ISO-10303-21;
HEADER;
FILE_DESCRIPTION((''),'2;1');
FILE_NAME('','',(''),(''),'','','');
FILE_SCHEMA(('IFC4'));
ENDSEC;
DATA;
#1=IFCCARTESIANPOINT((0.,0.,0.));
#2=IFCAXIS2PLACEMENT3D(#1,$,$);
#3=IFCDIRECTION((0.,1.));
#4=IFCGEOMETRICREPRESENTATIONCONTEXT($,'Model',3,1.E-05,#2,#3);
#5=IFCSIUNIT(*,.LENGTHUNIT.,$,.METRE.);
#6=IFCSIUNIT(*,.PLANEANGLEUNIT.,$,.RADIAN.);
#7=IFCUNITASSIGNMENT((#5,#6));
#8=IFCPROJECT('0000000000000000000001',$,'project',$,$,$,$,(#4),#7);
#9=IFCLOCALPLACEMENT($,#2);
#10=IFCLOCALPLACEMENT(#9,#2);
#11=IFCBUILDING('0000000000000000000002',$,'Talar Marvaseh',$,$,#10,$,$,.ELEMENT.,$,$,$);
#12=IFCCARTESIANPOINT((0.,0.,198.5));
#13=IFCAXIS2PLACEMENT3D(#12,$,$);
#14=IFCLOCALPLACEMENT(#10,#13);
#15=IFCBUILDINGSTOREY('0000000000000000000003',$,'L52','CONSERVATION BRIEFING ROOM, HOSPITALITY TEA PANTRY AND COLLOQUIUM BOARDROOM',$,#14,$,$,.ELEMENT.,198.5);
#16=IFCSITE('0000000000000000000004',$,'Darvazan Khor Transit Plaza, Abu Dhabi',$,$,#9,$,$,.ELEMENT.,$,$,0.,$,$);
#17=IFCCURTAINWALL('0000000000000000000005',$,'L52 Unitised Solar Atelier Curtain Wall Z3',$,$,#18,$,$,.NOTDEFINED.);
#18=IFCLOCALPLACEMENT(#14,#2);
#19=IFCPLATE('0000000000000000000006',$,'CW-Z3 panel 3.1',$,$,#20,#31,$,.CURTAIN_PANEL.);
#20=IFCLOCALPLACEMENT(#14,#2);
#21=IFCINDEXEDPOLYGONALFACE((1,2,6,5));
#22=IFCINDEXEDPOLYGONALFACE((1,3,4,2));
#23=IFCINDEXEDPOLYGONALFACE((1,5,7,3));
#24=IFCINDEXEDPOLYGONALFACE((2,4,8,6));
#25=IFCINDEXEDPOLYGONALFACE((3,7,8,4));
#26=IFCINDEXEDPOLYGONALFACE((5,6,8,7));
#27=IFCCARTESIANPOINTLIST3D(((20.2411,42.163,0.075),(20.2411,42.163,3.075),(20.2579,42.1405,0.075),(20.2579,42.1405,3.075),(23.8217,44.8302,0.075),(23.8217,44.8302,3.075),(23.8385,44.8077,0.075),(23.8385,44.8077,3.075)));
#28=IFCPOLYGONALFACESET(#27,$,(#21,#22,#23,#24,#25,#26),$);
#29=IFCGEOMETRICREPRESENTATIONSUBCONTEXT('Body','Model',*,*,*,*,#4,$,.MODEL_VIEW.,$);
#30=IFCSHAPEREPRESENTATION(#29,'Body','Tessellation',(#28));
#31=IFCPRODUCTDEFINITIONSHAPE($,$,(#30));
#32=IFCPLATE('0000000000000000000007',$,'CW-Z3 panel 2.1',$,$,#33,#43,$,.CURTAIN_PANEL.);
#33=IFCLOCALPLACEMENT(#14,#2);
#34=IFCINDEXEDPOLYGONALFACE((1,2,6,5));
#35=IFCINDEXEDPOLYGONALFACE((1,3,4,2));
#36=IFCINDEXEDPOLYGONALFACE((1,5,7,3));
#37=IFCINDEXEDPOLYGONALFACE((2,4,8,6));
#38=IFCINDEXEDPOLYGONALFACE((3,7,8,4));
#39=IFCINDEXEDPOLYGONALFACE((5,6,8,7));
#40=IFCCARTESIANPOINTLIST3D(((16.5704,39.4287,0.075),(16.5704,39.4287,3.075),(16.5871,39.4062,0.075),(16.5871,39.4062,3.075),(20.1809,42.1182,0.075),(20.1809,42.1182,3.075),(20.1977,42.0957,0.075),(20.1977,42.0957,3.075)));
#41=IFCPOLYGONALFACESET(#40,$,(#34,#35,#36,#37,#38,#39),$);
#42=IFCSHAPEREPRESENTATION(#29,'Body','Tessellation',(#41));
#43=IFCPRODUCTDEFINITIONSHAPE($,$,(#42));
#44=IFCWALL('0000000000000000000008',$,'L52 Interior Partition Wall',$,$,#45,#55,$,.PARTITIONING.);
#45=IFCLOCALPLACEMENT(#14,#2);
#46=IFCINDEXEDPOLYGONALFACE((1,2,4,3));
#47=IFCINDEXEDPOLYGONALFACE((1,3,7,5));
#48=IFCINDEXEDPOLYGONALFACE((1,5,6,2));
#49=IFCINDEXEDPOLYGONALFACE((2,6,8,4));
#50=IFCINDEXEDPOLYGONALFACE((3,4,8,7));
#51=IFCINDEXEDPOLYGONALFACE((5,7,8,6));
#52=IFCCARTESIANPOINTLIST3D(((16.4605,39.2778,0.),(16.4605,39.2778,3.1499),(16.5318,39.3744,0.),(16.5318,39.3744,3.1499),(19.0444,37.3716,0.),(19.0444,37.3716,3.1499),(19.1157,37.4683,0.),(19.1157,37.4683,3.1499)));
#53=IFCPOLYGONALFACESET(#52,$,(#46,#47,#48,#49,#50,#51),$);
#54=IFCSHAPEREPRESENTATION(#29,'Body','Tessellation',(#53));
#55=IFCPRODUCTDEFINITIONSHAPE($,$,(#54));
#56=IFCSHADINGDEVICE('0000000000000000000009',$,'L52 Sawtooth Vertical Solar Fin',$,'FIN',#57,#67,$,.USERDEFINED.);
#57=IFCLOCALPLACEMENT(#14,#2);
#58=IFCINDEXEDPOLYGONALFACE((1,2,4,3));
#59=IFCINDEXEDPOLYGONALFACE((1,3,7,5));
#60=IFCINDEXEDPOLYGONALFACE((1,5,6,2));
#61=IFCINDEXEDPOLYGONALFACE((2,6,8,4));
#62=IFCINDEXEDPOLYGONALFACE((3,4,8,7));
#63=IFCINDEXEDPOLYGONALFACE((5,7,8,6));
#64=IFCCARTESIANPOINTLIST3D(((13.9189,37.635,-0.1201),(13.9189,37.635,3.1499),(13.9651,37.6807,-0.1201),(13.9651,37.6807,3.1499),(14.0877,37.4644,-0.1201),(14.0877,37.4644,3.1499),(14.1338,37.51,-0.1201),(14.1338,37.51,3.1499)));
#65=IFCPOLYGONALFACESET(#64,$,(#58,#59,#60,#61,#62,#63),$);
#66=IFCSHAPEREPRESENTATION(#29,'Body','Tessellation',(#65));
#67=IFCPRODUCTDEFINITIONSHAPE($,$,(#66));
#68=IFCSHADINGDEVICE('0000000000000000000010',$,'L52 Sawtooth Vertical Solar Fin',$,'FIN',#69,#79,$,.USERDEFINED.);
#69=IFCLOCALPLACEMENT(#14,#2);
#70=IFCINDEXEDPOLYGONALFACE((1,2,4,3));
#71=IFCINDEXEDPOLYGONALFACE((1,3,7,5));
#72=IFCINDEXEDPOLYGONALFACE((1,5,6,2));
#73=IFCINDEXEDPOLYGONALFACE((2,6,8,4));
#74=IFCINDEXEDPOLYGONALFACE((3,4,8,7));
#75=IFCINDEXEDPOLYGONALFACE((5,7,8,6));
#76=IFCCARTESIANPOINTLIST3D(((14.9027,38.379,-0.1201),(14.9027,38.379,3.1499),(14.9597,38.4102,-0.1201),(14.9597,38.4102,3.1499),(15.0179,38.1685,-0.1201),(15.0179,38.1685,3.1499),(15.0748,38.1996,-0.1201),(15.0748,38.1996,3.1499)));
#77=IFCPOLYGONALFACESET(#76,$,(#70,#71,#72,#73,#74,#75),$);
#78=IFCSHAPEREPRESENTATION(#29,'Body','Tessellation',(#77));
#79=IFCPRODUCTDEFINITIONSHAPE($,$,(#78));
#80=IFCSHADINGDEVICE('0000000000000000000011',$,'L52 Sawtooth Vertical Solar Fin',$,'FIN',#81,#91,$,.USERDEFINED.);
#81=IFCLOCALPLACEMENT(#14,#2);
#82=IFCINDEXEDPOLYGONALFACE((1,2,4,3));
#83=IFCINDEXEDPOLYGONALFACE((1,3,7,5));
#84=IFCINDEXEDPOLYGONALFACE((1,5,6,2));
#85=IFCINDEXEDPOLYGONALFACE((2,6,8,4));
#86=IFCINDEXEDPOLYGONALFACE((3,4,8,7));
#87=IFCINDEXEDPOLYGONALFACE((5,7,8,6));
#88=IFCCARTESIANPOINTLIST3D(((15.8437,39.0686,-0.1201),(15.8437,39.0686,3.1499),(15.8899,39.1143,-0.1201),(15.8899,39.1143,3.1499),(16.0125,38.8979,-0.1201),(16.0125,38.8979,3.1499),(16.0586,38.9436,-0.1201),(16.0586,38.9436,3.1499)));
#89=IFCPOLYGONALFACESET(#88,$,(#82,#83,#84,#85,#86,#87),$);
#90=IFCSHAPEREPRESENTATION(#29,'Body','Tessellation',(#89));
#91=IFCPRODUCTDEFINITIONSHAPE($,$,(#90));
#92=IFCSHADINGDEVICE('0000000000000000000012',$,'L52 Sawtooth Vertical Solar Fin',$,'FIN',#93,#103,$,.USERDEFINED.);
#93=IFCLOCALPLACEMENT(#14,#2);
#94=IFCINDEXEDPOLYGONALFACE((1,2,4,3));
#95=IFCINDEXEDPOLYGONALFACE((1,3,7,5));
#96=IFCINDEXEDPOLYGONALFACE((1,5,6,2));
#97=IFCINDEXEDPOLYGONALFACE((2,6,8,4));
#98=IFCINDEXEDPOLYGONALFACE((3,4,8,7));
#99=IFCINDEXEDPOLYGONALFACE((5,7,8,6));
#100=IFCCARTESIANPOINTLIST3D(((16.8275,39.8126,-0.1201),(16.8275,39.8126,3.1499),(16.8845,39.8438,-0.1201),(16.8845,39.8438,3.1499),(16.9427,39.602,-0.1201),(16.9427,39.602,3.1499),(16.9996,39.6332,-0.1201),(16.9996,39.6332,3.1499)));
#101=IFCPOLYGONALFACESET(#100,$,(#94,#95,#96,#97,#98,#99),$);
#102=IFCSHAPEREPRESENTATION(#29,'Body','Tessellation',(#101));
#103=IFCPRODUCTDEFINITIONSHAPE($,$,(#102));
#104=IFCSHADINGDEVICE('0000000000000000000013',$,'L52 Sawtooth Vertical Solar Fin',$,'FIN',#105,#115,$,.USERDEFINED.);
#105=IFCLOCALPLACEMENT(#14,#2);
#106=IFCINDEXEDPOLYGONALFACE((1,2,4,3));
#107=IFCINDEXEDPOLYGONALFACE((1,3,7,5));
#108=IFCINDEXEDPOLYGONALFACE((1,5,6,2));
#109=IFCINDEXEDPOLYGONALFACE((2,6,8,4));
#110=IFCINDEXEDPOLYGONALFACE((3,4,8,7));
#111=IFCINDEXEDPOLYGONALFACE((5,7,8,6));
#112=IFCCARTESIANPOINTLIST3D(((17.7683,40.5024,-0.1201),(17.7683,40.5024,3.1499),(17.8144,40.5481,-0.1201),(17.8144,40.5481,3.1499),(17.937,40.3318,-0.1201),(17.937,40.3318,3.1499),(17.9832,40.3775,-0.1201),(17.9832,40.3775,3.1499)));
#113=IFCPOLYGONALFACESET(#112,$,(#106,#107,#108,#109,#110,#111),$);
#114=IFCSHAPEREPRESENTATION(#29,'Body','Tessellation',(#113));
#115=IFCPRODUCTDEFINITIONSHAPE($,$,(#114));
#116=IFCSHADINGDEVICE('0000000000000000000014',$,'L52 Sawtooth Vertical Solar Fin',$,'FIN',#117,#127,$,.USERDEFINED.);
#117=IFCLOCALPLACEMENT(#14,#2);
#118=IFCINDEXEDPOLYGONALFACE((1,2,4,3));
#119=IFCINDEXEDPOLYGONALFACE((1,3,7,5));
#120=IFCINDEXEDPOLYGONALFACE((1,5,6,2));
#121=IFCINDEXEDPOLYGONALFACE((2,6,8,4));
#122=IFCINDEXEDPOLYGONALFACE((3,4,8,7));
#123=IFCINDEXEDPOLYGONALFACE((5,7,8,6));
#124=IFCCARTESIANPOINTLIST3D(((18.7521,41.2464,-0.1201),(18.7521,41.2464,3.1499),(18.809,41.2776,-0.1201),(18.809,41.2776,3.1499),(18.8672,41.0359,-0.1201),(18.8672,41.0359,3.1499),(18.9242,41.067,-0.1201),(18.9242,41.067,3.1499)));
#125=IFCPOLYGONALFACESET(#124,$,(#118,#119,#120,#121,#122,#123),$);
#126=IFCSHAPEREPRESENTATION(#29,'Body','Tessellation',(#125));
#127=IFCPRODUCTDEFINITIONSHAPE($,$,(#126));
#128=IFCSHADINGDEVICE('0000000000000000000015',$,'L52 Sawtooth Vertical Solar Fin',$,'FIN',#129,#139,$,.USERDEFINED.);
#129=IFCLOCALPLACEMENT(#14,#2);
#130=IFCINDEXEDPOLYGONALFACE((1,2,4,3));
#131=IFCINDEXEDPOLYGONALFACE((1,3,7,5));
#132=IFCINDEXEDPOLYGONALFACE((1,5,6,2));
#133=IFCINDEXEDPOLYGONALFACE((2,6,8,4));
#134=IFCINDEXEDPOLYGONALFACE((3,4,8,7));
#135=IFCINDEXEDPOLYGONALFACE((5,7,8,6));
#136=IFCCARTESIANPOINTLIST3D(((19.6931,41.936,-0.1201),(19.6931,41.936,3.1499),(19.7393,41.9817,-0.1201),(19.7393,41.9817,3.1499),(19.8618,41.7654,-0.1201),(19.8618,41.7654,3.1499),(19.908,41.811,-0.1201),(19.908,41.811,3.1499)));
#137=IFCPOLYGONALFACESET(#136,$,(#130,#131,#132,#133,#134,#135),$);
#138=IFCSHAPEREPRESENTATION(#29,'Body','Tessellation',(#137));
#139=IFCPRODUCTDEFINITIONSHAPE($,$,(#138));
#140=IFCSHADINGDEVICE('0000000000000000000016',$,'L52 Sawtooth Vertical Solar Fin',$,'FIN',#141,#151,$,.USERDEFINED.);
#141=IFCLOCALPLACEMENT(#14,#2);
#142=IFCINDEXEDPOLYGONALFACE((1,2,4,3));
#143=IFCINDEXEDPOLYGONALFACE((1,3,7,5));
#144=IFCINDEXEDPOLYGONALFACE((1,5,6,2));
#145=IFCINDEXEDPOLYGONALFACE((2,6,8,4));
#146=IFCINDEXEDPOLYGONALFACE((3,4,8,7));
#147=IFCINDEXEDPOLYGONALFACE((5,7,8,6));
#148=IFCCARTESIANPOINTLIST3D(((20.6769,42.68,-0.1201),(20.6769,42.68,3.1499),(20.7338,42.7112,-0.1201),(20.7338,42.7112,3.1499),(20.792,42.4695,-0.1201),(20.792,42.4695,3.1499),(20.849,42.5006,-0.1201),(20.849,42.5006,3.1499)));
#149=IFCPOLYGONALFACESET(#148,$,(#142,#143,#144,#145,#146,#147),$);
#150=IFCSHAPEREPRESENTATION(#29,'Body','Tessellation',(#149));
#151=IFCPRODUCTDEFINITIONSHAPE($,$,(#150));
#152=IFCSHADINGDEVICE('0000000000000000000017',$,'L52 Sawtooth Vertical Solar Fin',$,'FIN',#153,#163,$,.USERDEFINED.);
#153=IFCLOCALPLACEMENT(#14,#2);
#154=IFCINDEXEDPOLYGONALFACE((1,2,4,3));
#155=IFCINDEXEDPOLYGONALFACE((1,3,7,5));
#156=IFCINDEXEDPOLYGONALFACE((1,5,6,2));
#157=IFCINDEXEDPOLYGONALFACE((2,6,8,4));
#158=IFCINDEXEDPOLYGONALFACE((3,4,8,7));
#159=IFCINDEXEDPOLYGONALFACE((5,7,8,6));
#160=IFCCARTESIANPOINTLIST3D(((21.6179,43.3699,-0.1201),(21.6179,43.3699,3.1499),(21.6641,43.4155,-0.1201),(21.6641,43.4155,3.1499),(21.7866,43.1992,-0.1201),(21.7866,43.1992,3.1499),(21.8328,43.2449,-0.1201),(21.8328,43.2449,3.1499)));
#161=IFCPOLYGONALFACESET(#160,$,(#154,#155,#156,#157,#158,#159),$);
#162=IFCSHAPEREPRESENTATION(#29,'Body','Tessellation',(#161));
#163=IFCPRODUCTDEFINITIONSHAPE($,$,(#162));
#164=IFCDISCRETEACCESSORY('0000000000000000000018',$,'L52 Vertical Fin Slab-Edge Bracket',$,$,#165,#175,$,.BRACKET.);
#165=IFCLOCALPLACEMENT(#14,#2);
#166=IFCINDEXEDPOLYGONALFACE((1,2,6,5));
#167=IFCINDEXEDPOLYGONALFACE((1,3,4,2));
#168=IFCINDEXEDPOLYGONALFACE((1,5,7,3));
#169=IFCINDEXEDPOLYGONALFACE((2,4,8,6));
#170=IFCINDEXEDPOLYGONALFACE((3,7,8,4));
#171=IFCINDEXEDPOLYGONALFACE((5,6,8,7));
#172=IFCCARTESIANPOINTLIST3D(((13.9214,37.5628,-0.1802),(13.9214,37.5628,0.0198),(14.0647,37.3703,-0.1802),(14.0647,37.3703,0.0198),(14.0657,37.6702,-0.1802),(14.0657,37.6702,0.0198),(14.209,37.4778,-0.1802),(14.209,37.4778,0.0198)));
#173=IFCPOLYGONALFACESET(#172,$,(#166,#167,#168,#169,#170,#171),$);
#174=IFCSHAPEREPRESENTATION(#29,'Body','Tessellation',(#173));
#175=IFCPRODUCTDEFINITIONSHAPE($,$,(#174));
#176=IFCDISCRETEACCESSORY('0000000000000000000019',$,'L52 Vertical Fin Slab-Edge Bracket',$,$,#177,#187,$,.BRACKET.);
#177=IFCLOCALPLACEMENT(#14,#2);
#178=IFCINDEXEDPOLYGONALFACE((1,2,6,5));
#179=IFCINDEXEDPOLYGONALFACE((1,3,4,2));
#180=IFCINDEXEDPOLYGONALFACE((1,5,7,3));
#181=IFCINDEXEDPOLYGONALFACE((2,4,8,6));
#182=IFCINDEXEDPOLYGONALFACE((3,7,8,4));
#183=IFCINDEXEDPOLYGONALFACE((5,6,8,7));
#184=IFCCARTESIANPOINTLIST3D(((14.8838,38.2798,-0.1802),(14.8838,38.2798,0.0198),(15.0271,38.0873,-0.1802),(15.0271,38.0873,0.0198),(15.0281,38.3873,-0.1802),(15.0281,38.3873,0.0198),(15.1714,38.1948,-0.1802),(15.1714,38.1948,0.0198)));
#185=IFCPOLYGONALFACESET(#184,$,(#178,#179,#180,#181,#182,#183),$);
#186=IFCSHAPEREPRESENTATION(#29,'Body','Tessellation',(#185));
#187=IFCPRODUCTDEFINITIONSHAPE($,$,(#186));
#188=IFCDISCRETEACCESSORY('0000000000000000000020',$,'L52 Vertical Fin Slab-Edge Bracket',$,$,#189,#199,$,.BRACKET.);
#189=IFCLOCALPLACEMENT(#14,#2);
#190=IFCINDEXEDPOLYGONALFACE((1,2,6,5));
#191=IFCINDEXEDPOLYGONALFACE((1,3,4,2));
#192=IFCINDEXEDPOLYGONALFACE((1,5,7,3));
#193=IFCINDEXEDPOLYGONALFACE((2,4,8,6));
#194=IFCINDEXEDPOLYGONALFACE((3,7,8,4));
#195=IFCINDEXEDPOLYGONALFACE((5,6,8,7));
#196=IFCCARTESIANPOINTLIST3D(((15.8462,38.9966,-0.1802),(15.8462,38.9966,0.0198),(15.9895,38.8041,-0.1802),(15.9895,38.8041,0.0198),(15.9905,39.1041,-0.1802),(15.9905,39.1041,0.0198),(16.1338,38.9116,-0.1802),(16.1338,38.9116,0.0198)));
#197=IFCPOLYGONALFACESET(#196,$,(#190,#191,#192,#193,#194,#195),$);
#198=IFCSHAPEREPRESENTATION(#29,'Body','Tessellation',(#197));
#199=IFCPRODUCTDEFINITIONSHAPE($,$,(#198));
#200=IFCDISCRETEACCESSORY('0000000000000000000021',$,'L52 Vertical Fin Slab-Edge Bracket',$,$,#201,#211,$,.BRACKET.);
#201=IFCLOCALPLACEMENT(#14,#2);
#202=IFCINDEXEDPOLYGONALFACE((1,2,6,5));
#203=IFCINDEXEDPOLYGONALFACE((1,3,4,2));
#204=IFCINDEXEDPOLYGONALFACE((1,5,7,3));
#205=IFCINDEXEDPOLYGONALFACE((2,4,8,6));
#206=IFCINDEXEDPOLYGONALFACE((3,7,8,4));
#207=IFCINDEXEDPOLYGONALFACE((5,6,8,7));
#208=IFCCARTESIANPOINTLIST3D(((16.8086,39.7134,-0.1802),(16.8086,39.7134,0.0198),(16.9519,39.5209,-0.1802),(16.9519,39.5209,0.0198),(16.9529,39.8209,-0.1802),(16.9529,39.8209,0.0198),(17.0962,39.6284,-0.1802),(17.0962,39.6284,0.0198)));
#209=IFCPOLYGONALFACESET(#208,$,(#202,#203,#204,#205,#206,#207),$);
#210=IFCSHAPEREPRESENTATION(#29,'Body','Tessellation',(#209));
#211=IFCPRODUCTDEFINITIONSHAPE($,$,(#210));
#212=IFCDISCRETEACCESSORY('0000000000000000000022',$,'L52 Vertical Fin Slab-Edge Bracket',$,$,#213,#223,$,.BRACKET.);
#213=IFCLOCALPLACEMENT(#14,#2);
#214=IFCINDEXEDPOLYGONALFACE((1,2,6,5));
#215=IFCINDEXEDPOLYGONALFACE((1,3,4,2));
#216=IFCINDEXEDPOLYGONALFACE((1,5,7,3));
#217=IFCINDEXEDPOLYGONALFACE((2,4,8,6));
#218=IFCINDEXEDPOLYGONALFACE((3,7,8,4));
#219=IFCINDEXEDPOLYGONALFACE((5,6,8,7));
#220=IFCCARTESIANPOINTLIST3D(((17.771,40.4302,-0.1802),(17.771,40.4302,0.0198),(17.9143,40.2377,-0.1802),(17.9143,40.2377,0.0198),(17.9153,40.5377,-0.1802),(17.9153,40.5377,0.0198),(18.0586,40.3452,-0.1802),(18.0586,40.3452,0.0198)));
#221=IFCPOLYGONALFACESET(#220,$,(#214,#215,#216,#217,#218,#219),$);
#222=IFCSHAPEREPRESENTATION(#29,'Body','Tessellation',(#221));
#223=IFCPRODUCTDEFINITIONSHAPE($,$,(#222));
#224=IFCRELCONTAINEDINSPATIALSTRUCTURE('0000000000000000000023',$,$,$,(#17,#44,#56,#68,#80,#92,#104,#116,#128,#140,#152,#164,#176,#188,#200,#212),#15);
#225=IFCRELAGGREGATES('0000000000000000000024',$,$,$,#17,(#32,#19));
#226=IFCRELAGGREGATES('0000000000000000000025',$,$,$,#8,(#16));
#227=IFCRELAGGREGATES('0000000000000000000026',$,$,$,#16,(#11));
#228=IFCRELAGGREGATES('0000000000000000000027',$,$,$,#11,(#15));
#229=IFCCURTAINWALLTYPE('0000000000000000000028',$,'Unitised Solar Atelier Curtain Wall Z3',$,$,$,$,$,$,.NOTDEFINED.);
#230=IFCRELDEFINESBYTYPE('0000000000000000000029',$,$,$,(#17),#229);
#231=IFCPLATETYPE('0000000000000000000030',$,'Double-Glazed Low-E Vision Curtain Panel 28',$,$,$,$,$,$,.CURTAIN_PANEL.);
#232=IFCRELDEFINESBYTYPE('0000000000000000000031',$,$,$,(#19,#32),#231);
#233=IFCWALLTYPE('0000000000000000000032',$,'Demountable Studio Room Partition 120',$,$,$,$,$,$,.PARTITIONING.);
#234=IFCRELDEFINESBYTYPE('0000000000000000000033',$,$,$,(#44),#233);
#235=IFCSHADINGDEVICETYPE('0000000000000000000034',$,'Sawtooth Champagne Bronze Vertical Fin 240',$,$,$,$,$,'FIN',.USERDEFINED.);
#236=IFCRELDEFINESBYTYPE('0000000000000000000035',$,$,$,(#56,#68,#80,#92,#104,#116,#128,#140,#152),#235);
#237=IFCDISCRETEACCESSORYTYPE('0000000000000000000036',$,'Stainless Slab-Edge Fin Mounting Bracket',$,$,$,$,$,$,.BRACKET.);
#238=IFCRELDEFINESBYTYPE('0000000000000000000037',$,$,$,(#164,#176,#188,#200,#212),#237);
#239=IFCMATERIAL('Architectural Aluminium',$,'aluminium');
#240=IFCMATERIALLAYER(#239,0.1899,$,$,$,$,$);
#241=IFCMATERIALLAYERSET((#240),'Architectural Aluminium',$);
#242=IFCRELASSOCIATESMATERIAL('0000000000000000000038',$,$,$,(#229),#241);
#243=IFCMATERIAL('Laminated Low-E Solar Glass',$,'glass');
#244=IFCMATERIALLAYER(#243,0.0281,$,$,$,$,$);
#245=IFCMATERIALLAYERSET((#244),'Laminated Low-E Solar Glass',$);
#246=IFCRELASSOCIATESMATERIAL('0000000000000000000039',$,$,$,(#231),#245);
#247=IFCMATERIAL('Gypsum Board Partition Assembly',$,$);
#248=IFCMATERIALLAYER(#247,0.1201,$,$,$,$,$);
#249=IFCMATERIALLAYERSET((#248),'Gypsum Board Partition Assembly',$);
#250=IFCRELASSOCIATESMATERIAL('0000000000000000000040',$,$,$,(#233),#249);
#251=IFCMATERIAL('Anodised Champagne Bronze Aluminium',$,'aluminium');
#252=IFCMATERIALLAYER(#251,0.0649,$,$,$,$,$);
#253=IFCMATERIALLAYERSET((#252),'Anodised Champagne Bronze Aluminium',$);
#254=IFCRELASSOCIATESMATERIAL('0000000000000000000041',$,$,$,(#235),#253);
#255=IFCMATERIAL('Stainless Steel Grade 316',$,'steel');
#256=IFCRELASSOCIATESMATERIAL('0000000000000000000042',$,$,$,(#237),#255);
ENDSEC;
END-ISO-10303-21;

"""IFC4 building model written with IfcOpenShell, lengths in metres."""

from ifc_helpers import new_model, si_unit, direction, frame, frame_2d, origin, origin_2d, place, context, subcontext, project, spatial, rectangle, extrude, source, transform, mapped, material, layer, layer_set, type_object, type_shapes, element, aggregate, save


model = new_model("IFC4")

# Units and contexts
model_context = context("Model", 3, precision=1e-05, world=origin(), true_north=direction((0.0, 1.0)))
body_context = subcontext(model_context, "Body", "Model", "MODEL_VIEW")
ifc_project = project(units=[si_unit("LENGTHUNIT", "METRE"), si_unit("PLANEANGLEUNIT", "RADIAN")], contexts=[model_context])

# Site, building, storey
site_placement = place(None, origin())
site = spatial("IfcSite", under=ifc_project, at=site_placement, Name="Darvazan Khor Transit Plaza, Abu Dhabi", CompositionType="ELEMENT", RefElevation=0.0)
building_placement = place(site_placement, origin())
building = spatial("IfcBuilding", under=site, at=building_placement, Name="Talar Marvaseh", CompositionType="ELEMENT")
storey_placement = place(building_placement, frame((0.0, 0.0, 198.5)))
storey = spatial("IfcBuildingStorey", under=building, at=storey_placement, Name="L52", Description="CONSERVATION BRIEFING ROOM, HOSPITALITY TEA PANTRY AND COLLOQUIUM BOARDROOM", CompositionType="ELEMENT", Elevation=198.5)

# Curtain wall, plates
ifc_material_1 = material(Name="Architectural Aluminium", Category="aluminium")
ifc_layer_1 = layer(ifc_material_1, 0.1899)
ifc_layer_set_1 = layer_set([ifc_layer_1], Name="Architectural Aluminium")
curtain_wall_type = type_object("IfcCurtainWallType", Name="Unitised Solar Atelier Curtain Wall Z3", PredefinedType="NOTDEFINED", material=ifc_layer_set_1)
curtain_wall_placement = place(storey_placement, origin())
curtain_wall = element("IfcCurtainWall", 1, at=curtain_wall_placement, inside=storey, type_object=curtain_wall_type, Name="L52 Unitised Solar Atelier Curtain Wall Z3", PredefinedType="NOTDEFINED")
ifc_material_2 = material(Name="Laminated Low-E Solar Glass", Category="glass")
ifc_layer_2 = layer(ifc_material_2, 0.0281)
ifc_layer_set_2 = layer_set([ifc_layer_2], Name="Laminated Low-E Solar Glass")
plate_type = type_object("IfcPlateType", Name="Double-Glazed Low-E Vision Curtain Panel 28", PredefinedType="CURTAIN_PANEL", material=ifc_layer_set_2)
shared_shape_1 = source(origin(), body_context, "Body", "SweptSolid", [
    extrude(rectangle(XDim=4.4648, YDim=0.0281, at=origin_2d()), origin(), (0.0, 0.0, 1.0), 3.0),
])
plate_1_placement = place(storey_placement, frame((22.0398, 43.4854, 0.075), z_axis=(0.0, 0.0, 1.0), x_axis=(0.801961, 0.597376, 0.0)))
plate_1 = element("IfcPlate", 2, at=plate_1_placement, type_object=plate_type, Name="CW-Z3 panel 3.1", PredefinedType="CURTAIN_PANEL", context=body_context, shape_type="MappedRepresentation", body=[
    mapped(shared_shape_1, transform((0.0, 0.0, 0.0), x_axis=(1.0, 0.0, 0.0), y_axis=(0.0, 1.0, 0.0), z_axis=(0.0, 0.0, 1.0), scale=1.0)),
])
shared_shape_2 = source(origin(), body_context, "Body", "SweptSolid", [
    extrude(rectangle(XDim=4.5022, YDim=0.0281, at=origin_2d()), origin(), (0.0, 0.0, 1.0), 3.0),
])
type_shapes(plate_type, [shared_shape_1, shared_shape_2])
plate_2_placement = place(storey_placement, frame((18.384, 40.7622, 0.075), z_axis=(0.0, 0.0, 1.0), x_axis=(0.801961, 0.597376, 0.0)))
plate_2 = element("IfcPlate", 3, at=plate_2_placement, type_object=plate_type, Name="CW-Z3 panel 2.1", PredefinedType="CURTAIN_PANEL", context=body_context, shape_type="MappedRepresentation", body=[
    mapped(shared_shape_2, transform((0.0, 0.0, 0.0), x_axis=(1.0, 0.0, 0.0), y_axis=(0.0, 1.0, 0.0), z_axis=(0.0, 0.0, 1.0), scale=1.0)),
])
aggregate(curtain_wall, [plate_2, plate_1])

# Wall
ifc_material_3 = material(Name="Gypsum Board Partition Assembly")
ifc_layer_3 = layer(ifc_material_3, 0.1201)
ifc_layer_set_3 = layer_set([ifc_layer_3], Name="Gypsum Board Partition Assembly")
wall_type = type_object("IfcWallType", Name="Demountable Studio Room Partition 120", PredefinedType="PARTITIONING", material=ifc_layer_set_3)
wall_placement = place(storey_placement, frame((19.0801, 37.4199, 0.0), z_axis=(0.0, 0.0, 1.0), x_axis=(-0.804719, 0.593655, 0.0)))
element("IfcWall", 4, at=wall_placement, inside=storey, type_object=wall_type, Name="L52 Interior Partition Wall", PredefinedType="PARTITIONING", context=body_context, shape_type="SweptSolid", body=[
    extrude(rectangle(XDim=3.2109, YDim=0.1201, at=frame_2d((1.6055, 0.0))), origin(), (0.0, 0.0, 1.0), 3.1499),
])

# Shading devices
ifc_material_4 = material(Name="Anodised Champagne Bronze Aluminium", Category="aluminium")
ifc_layer_4 = layer(ifc_material_4, 0.0649)
ifc_layer_set_4 = layer_set([ifc_layer_4], Name="Anodised Champagne Bronze Aluminium")
shading_device_type = type_object("IfcShadingDeviceType", Name="Sawtooth Champagne Bronze Vertical Fin 240", ElementType="FIN", PredefinedType="USERDEFINED", material=ifc_layer_set_4)
shared_shape_3 = source(origin(), body_context, "Body", "SweptSolid", [
    extrude(rectangle(XDim=0.24, YDim=0.0649, at=origin_2d()), origin(), (0.0, 0.0, 1.0), 3.27),
])
type_shapes(shading_device_type, [shared_shape_3])
for number, where, z_axis, x_axis, name in (
    (5, (14.0264, 37.5725, -0.1201), (0.0, 0.0, 1.0), (-0.703147, 0.711045, 0.0), "L52 Sawtooth Vertical Solar Fin"),
    (6, (14.9888, 38.2893, -0.1201), (0.0, 0.0, 1.0), (-0.479917, 0.877314, 0.0), "L52 Sawtooth Vertical Solar Fin"),
    (7, (15.9512, 39.0061, -0.1201), (0.0, 0.0, 1.0), (-0.703147, 0.711045, 0.0), "L52 Sawtooth Vertical Solar Fin"),
    (8, (16.9136, 39.7229, -0.1201), (0.0, 0.0, 1.0), (-0.479917, 0.877314, 0.0), "L52 Sawtooth Vertical Solar Fin"),
    (9, (17.8757, 40.4399, -0.1201), (0.0, 0.0, 1.0), (-0.703147, 0.711045, 0.0), "L52 Sawtooth Vertical Solar Fin"),
    (10, (18.8381, 41.1567, -0.1201), (0.0, 0.0, 1.0), (-0.479917, 0.877314, 0.0), "L52 Sawtooth Vertical Solar Fin"),
    (11, (19.8005, 41.8735, -0.1201), (0.0, 0.0, 1.0), (-0.703147, 0.711045, 0.0), "L52 Sawtooth Vertical Solar Fin"),
    (12, (20.7629, 42.5903, -0.1201), (0.0, 0.0, 1.0), (-0.479917, 0.877314, 0.0), "L52 Sawtooth Vertical Solar Fin"),
    (13, (21.7253, 43.3074, -0.1201), (0.0, 0.0, 1.0), (-0.703147, 0.711045, 0.0), "L52 Sawtooth Vertical Solar Fin"),
):
    element("IfcShadingDevice", number, at=place(storey_placement, frame(where, z_axis=z_axis, x_axis=x_axis)), inside=storey, type_object=shading_device_type, Name=name, ObjectType="FIN", PredefinedType="USERDEFINED", context=body_context, shape_type="MappedRepresentation", body=[
        mapped(shared_shape_3, transform((0.0, 0.0, 0.0), x_axis=(1.0, 0.0, 0.0), y_axis=(0.0, 1.0, 0.0), z_axis=(0.0, 0.0, 1.0), scale=1.0)),
    ])

# Discrete accessories
ifc_material_5 = material(Name="Stainless Steel Grade 316", Category="steel")
discrete_accessory_type = type_object("IfcDiscreteAccessoryType", Name="Stainless Slab-Edge Fin Mounting Bracket", PredefinedType="BRACKET", material=ifc_material_5)
shared_shape_4 = source(origin(), body_context, "Body", "SweptSolid", [
    extrude(rectangle(XDim=0.24, YDim=0.1799, at=origin_2d()), origin(), (0.0, 0.0, 1.0), 0.2),
])
type_shapes(discrete_accessory_type, [shared_shape_4])
for number, where, z_axis, x_axis, name in (
    (14, (14.0652, 37.5203, -0.1802), (0.0, 0.0, 1.0), (-0.597345, 0.801984, 0.0), "L52 Vertical Fin Slab-Edge Bracket"),
    (15, (15.0276, 38.2373, -0.1802), (0.0, 0.0, 1.0), (-0.597345, 0.801984, 0.0), "L52 Vertical Fin Slab-Edge Bracket"),
    (16, (15.99, 38.9541, -0.1802), (0.0, 0.0, 1.0), (-0.597345, 0.801984, 0.0), "L52 Vertical Fin Slab-Edge Bracket"),
    (17, (16.9524, 39.6709, -0.1802), (0.0, 0.0, 1.0), (-0.597345, 0.801984, 0.0), "L52 Vertical Fin Slab-Edge Bracket"),
    (18, (17.9148, 40.3877, -0.1802), (0.0, 0.0, 1.0), (-0.597345, 0.801984, 0.0), "L52 Vertical Fin Slab-Edge Bracket"),
):
    element("IfcDiscreteAccessory", number, at=place(storey_placement, frame(where, z_axis=z_axis, x_axis=x_axis)), inside=storey, type_object=discrete_accessory_type, Name=name, PredefinedType="BRACKET", context=body_context, shape_type="MappedRepresentation", body=[
        mapped(shared_shape_4, transform((0.0, 0.0, 0.0), x_axis=(1.0, 0.0, 0.0), y_axis=(0.0, 1.0, 0.0), z_axis=(0.0, 0.0, 1.0), scale=1.0)),
    ])

save(model, "model.ifc")
